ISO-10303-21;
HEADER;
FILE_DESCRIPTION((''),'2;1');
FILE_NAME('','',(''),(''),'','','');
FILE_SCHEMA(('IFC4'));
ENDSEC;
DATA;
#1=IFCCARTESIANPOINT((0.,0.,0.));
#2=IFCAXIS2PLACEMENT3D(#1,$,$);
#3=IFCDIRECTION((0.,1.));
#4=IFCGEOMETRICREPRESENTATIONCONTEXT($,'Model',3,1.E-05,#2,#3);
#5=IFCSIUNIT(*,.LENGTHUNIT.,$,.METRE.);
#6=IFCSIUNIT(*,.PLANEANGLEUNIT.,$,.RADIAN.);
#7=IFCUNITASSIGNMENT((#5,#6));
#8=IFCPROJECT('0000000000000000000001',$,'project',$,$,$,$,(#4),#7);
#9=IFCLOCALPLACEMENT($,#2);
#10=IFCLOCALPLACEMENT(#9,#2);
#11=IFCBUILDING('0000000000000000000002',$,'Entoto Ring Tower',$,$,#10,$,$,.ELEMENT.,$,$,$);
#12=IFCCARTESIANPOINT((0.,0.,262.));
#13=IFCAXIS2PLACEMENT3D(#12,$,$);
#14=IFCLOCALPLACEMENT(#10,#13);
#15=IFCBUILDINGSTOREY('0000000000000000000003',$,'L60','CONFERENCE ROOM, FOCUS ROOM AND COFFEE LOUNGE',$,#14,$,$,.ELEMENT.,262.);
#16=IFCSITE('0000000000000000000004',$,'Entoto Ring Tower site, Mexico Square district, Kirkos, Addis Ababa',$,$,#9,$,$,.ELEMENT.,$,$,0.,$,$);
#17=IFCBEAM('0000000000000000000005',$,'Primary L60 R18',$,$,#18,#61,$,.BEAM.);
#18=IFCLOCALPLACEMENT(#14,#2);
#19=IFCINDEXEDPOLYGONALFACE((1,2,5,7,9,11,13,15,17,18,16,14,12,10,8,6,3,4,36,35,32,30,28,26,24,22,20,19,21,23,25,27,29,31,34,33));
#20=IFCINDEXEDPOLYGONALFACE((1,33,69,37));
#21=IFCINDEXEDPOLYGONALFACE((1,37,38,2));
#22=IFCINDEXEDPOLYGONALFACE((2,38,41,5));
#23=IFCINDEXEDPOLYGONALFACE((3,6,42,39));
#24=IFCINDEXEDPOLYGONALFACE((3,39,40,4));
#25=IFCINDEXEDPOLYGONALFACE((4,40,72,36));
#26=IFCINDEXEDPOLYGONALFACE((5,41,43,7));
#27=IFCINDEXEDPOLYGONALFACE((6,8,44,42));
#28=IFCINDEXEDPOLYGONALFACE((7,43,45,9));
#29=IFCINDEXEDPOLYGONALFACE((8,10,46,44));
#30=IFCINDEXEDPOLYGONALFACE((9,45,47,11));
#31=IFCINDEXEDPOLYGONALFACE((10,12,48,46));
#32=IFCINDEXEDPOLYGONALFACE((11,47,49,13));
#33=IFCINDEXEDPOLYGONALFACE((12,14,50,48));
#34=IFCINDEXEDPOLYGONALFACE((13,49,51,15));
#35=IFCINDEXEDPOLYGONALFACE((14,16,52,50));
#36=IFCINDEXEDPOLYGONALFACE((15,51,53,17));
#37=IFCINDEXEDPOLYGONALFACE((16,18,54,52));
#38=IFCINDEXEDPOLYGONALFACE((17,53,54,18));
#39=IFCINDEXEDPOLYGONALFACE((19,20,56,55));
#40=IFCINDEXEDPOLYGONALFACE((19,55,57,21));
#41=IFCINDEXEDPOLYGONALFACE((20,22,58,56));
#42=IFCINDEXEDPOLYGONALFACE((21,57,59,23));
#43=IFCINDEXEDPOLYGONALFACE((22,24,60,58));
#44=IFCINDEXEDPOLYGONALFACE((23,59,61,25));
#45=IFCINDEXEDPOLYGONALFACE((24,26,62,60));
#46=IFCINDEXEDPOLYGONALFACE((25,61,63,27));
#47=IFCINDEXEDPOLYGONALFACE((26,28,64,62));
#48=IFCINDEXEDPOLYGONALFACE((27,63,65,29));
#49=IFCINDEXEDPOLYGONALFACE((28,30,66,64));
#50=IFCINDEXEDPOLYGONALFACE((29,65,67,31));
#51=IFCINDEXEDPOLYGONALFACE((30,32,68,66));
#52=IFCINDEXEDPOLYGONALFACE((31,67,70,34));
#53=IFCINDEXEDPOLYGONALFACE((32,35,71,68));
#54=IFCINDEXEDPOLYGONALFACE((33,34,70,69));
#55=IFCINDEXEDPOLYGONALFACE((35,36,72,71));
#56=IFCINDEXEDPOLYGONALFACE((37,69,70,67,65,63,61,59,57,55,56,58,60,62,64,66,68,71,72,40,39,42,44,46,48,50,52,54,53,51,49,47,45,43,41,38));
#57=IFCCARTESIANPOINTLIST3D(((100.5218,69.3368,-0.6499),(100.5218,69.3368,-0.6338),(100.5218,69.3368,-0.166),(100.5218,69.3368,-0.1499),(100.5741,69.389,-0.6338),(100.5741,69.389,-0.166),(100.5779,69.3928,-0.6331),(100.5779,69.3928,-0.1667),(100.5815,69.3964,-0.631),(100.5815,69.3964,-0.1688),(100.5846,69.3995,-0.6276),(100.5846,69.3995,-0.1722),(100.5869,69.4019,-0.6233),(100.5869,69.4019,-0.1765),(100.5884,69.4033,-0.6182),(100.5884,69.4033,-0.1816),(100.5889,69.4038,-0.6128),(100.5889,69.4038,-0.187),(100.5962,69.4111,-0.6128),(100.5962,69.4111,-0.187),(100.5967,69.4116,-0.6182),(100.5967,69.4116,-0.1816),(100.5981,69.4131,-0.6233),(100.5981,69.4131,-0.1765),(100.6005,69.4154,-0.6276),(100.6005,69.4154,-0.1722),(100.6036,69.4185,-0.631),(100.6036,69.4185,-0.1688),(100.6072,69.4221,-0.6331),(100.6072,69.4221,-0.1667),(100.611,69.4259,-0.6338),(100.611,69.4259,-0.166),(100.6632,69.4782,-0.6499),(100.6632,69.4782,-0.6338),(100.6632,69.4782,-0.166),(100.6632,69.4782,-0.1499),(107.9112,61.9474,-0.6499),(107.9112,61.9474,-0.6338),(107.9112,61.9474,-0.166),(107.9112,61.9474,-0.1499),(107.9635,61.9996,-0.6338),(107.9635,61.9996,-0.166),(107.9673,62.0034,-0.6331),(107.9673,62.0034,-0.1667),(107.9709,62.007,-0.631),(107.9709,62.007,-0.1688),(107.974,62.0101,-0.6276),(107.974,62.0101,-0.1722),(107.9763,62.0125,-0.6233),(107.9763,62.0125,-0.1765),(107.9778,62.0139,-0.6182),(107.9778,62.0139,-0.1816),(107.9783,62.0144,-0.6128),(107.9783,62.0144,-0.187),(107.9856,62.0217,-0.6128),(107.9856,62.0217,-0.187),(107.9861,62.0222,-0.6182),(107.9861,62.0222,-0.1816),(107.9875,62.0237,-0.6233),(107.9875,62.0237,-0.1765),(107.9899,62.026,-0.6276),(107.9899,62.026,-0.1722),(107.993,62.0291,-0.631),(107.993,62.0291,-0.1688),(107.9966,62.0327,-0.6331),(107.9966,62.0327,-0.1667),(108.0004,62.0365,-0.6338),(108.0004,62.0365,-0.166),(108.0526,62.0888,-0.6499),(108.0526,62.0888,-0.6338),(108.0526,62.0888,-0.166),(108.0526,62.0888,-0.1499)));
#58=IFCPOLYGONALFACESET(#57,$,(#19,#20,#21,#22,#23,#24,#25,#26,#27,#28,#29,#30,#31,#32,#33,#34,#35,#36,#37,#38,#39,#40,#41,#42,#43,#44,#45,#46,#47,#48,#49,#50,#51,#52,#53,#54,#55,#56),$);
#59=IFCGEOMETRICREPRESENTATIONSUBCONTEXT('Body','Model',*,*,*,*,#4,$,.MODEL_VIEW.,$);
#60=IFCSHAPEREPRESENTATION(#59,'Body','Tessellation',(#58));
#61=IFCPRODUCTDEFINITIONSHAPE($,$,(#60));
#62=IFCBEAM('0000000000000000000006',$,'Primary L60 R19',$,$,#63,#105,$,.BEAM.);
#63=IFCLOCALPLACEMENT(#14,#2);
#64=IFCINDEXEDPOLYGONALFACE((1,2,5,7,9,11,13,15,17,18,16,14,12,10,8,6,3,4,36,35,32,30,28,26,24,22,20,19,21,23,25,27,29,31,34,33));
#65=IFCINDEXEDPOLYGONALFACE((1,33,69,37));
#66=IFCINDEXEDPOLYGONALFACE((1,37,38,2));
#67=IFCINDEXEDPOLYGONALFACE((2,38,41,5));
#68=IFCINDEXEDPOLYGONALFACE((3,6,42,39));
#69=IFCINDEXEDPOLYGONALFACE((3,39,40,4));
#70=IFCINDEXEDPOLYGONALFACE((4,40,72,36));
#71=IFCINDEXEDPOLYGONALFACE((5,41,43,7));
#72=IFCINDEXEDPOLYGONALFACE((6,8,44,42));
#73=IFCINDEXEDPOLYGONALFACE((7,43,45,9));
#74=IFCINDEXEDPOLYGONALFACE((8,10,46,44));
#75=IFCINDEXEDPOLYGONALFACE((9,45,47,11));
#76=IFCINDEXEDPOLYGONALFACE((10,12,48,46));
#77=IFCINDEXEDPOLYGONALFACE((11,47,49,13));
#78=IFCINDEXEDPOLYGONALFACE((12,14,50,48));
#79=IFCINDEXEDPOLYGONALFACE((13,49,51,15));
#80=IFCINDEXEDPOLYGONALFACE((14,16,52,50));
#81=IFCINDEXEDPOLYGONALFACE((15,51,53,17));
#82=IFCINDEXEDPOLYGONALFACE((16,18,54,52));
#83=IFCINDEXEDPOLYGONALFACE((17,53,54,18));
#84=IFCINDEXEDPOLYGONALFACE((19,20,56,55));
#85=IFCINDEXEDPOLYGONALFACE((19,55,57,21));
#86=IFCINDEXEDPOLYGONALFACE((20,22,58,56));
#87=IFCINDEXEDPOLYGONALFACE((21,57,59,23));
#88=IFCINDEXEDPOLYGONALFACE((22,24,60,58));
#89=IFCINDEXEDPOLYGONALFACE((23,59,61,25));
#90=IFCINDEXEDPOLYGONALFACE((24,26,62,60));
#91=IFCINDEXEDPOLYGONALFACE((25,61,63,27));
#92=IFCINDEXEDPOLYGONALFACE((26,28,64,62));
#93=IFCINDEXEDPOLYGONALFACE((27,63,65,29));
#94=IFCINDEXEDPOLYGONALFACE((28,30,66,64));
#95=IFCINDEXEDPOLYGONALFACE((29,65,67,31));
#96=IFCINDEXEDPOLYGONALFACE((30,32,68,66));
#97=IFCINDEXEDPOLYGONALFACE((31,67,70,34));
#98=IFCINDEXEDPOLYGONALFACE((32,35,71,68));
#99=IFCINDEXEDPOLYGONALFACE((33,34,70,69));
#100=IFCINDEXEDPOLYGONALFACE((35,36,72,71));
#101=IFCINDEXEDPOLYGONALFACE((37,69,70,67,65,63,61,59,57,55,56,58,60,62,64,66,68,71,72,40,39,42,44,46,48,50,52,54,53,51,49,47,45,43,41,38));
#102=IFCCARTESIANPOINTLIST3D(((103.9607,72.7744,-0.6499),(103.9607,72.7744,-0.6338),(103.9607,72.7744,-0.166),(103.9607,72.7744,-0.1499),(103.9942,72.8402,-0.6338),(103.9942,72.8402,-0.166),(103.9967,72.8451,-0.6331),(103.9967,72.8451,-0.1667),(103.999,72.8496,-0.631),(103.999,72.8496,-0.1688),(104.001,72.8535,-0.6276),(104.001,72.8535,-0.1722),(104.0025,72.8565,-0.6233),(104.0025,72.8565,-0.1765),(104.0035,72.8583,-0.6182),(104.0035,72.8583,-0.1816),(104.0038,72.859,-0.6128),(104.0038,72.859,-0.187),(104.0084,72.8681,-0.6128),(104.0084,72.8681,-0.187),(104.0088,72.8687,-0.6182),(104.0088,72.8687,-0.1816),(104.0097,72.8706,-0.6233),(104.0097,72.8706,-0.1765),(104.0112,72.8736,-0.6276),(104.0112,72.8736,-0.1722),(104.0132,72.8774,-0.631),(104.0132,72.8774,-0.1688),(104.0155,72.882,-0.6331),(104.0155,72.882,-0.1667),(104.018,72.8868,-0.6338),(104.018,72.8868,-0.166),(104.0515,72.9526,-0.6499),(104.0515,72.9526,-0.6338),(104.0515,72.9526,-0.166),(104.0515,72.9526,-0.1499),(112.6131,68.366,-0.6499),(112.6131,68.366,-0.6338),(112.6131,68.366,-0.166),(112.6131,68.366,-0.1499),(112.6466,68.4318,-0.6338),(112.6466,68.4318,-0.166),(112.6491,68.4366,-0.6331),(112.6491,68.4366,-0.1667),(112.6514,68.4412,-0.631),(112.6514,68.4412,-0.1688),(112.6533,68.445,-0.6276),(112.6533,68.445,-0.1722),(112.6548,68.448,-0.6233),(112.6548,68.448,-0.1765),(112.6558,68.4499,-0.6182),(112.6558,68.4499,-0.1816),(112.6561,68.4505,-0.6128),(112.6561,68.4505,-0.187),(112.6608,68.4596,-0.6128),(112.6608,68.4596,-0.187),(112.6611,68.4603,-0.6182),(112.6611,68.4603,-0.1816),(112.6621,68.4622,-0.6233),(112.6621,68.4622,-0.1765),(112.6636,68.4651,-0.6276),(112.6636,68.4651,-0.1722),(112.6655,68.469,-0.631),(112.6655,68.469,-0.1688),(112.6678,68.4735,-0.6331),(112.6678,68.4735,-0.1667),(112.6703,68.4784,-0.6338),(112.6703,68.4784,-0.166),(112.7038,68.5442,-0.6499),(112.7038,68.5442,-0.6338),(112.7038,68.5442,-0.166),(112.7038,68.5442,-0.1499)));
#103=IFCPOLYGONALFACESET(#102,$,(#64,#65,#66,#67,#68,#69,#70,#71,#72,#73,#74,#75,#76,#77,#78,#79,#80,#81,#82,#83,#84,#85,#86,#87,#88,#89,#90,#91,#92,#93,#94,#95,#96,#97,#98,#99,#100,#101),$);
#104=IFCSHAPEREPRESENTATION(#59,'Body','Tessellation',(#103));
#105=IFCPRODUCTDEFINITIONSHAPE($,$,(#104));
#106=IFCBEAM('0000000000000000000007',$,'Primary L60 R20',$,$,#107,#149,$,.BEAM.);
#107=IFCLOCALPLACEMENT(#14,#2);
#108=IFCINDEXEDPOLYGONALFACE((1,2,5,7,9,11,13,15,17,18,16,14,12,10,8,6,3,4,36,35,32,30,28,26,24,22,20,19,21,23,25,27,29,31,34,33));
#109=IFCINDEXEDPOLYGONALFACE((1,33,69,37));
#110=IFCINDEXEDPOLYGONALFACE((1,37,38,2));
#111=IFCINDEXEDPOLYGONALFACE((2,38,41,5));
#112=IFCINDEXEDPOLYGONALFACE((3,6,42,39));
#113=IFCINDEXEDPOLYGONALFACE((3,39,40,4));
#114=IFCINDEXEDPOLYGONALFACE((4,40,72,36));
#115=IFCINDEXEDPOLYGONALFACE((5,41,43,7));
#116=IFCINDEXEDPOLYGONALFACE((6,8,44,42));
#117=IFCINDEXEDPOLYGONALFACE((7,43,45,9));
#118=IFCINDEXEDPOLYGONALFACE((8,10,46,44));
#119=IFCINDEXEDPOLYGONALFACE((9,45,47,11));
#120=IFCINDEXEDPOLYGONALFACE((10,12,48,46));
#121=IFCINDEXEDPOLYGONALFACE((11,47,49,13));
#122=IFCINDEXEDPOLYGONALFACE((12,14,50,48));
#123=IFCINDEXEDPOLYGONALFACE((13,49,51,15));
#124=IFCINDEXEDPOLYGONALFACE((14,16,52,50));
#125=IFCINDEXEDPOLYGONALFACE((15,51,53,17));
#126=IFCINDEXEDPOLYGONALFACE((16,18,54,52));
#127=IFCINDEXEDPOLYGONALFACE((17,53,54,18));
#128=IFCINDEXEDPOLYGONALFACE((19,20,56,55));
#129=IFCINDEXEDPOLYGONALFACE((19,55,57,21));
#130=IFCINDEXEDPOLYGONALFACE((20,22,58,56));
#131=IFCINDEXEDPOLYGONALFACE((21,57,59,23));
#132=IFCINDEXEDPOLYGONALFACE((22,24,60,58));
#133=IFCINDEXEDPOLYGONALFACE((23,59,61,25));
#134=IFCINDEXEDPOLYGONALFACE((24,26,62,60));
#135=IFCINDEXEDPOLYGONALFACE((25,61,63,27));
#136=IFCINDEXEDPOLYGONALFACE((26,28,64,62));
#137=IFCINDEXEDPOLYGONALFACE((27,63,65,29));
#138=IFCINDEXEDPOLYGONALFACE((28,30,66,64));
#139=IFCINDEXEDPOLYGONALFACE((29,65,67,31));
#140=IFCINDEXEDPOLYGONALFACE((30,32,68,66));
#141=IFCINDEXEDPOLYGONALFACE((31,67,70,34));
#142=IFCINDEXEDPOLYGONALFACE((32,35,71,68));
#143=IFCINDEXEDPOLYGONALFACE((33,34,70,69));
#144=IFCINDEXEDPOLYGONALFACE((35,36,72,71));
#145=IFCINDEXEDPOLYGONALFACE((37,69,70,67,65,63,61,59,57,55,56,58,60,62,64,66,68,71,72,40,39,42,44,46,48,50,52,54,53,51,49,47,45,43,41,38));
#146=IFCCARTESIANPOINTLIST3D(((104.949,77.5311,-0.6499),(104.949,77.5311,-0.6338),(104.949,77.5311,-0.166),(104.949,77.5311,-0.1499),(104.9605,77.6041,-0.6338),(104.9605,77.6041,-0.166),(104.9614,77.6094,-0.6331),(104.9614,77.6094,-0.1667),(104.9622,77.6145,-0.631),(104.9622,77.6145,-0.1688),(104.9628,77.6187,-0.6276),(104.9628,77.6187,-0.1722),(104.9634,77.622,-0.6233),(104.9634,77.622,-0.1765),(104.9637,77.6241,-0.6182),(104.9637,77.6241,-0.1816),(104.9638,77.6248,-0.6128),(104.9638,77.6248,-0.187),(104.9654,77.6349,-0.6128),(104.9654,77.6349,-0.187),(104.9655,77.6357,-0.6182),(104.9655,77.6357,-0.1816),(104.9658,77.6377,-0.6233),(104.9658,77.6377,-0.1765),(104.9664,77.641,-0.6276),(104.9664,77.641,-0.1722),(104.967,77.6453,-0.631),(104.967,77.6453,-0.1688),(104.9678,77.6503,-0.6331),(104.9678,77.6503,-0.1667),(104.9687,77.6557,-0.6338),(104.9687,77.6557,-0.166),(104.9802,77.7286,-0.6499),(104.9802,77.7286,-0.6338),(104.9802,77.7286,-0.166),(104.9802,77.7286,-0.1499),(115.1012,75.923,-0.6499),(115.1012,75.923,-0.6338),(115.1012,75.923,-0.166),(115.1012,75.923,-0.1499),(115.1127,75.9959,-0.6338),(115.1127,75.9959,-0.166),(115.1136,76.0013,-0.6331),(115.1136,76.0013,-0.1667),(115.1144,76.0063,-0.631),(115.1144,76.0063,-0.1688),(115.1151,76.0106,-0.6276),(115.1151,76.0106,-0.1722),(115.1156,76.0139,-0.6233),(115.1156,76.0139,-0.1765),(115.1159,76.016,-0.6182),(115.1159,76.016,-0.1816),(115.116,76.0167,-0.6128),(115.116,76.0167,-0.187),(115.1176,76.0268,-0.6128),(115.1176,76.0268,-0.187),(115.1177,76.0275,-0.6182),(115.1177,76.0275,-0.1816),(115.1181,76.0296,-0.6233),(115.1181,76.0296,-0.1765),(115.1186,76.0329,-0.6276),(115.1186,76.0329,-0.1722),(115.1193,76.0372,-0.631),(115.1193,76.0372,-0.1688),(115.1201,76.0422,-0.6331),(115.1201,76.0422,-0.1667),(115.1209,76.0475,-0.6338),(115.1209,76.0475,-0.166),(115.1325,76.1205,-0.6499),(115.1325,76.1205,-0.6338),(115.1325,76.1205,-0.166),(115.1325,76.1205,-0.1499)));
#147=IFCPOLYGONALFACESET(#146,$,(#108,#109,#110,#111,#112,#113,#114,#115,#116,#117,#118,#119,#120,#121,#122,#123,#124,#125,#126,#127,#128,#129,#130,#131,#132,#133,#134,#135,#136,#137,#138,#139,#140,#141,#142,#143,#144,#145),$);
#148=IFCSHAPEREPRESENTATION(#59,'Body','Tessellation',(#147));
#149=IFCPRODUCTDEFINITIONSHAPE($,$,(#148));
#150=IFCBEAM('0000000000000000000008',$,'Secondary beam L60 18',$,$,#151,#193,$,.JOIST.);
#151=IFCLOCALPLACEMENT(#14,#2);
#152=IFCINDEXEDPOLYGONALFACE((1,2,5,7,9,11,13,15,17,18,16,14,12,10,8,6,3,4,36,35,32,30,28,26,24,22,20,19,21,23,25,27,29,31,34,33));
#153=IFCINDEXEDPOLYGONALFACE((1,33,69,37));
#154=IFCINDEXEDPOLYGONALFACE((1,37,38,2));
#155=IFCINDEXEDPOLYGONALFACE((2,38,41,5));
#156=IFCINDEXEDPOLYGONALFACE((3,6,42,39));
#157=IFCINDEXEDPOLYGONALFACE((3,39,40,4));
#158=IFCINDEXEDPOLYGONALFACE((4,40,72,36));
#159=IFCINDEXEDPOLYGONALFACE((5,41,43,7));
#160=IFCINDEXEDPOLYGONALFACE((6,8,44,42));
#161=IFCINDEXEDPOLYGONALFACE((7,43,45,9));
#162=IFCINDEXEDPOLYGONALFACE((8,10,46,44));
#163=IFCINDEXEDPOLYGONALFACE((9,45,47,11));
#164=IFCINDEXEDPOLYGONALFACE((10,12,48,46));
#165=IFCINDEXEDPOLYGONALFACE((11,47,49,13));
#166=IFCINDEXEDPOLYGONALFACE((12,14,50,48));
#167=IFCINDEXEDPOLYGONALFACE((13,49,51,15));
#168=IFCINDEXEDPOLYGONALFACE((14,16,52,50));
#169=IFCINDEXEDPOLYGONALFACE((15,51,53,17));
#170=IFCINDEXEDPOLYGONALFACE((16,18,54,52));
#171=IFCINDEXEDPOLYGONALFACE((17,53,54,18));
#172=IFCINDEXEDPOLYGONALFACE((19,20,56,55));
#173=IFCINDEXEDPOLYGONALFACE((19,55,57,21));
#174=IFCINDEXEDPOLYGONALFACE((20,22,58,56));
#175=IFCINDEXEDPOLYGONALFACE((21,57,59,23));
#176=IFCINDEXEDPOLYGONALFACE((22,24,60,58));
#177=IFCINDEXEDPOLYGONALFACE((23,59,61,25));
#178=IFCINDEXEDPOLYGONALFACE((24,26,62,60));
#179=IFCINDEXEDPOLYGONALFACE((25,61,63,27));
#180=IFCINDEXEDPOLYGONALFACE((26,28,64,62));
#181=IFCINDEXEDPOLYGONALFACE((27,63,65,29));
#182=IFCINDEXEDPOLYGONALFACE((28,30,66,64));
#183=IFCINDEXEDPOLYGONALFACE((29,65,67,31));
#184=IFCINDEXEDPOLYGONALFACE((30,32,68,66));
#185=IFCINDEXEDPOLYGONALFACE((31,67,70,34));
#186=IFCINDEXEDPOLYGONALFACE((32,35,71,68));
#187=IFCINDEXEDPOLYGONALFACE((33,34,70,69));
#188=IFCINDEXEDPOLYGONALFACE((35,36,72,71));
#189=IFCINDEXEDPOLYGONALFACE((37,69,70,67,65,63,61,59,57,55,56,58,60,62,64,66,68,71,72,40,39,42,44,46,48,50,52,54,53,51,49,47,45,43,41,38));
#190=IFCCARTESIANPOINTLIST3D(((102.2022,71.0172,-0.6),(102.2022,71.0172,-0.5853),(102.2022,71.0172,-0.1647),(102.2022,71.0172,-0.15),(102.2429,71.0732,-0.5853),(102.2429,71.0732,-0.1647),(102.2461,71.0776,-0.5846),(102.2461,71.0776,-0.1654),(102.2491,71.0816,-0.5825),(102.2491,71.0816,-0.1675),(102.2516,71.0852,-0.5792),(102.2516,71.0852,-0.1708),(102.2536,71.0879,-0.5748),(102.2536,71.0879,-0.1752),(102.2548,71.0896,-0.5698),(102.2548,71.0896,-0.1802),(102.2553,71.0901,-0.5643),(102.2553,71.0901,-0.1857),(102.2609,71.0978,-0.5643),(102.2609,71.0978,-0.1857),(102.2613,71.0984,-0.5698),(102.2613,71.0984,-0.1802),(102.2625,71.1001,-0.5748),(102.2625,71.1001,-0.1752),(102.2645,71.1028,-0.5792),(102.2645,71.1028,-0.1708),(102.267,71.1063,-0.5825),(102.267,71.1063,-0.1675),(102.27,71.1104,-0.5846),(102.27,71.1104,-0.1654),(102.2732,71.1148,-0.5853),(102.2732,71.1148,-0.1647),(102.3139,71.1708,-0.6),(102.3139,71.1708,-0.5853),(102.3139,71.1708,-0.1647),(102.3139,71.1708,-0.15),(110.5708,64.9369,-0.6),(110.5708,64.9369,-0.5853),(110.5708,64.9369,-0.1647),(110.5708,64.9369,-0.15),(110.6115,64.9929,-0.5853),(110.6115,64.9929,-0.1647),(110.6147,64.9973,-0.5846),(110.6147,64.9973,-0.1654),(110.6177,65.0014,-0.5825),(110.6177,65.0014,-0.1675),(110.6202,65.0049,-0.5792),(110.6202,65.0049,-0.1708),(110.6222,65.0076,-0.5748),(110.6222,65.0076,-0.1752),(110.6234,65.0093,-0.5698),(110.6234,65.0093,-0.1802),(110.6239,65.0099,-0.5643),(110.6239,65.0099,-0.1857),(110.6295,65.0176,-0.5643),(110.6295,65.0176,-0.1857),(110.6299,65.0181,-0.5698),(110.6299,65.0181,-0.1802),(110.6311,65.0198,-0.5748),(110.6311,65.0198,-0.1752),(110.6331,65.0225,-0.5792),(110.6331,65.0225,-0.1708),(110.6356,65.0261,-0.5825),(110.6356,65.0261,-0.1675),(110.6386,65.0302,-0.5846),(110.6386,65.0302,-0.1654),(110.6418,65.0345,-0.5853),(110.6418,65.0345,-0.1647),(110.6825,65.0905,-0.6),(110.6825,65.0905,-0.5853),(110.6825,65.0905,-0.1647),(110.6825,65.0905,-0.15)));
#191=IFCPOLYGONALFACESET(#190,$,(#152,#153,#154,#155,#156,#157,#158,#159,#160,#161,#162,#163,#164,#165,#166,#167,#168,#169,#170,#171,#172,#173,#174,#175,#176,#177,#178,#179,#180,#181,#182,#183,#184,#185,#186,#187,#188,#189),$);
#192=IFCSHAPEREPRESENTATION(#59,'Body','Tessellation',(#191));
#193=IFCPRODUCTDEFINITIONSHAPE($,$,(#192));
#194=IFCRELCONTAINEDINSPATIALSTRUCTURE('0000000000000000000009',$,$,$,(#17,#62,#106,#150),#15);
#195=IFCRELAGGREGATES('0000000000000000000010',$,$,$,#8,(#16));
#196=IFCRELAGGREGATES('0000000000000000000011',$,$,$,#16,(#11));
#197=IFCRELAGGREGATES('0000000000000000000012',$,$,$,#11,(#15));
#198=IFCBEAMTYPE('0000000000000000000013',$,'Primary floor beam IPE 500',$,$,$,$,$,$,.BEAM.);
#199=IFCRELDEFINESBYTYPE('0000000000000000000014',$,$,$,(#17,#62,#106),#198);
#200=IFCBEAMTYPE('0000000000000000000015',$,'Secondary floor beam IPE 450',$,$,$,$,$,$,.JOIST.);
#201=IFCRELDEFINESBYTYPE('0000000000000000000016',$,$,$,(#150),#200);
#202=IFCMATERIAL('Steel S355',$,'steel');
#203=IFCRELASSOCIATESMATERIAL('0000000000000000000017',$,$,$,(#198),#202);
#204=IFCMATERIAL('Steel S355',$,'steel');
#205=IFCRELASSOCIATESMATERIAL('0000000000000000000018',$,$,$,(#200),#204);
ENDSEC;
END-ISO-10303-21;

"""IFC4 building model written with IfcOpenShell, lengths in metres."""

from ifc_helpers import new_model, si_unit, direction, frame, origin, origin_2d, place, context, subcontext, project, spatial, i_section, extrude, material, material_profile, profile_set, type_object, element, save


model = new_model("IFC4")

# Units and contexts
model_context = context("Model", 3, precision=1e-05, world=origin(), true_north=direction((0.0, 1.0)))
body_context = subcontext(model_context, "Body", "Model", "MODEL_VIEW")
ifc_project = project(units=[si_unit("LENGTHUNIT", "METRE"), si_unit("PLANEANGLEUNIT", "RADIAN")], contexts=[model_context])

# Site, building, storey
site_placement = place(None, origin())
site = spatial("IfcSite", under=ifc_project, at=site_placement, Name="Entoto Ring Tower site, Mexico Square district, Kirkos, Addis Ababa", CompositionType="ELEMENT", RefElevation=0.0)
building_placement = place(site_placement, origin())
building = spatial("IfcBuilding", under=site, at=building_placement, Name="Entoto Ring Tower", CompositionType="ELEMENT")
storey_placement = place(building_placement, frame((0.0, 0.0, 262.0)))
storey = spatial("IfcBuildingStorey", under=building, at=storey_placement, Name="L60", Description="CONFERENCE ROOM, FOCUS ROOM AND COFFEE LOUNGE", CompositionType="ELEMENT", Elevation=262.0)

# Beams
ifc_material_1 = material(Name="Steel S355", Category="steel")
ifc_material_profile_1 = material_profile(ifc_material_1, i_section(OverallWidth=0.2, OverallDepth=0.5, WebThickness=0.0103, FlangeThickness=0.0161, FilletRadius=0.021, at=origin_2d()), Name="IPE 500")
ifc_profile_set_1 = profile_set([ifc_material_profile_1], Name="Steel S355")
beam_type_1 = type_object("IfcBeamType", Name="Primary floor beam IPE 500", PredefinedType="BEAM", material=ifc_profile_set_1)
beam_1_placement = place(storey_placement, frame((100.5925, 69.4075, -0.3999), z_axis=(0.707107, -0.707107, 0.0), x_axis=(0.707107, 0.707107, 0.0)))
element("IfcBeam", 1, at=beam_1_placement, inside=storey, type_object=beam_type_1, Name="Primary L60 R18", PredefinedType="BEAM", context=body_context, shape_type="SweptSolid", body=[
    extrude(i_section(OverallWidth=0.2, OverallDepth=0.5, WebThickness=0.0103, FlangeThickness=0.0161, FilletRadius=0.021, at=origin_2d()), origin(), (0.0, 0.0, 1.0), 10.4502),
])
beam_2_placement = place(storey_placement, frame((104.0061, 72.8635, -0.3999), z_axis=(0.891012, -0.453979, 0.0), x_axis=(0.453979, 0.891012, 0.0)))
element("IfcBeam", 2, at=beam_2_placement, inside=storey, type_object=beam_type_1, Name="Primary L60 R19", PredefinedType="BEAM", context=body_context, shape_type="SweptSolid", body=[
    extrude(i_section(OverallWidth=0.2, OverallDepth=0.5, WebThickness=0.0103, FlangeThickness=0.0161, FilletRadius=0.021, at=origin_2d()), origin(), (0.0, 0.0, 1.0), 9.7107),
])
beam_3_placement = place(storey_placement, frame((104.9646, 77.6299, -0.3999), z_axis=(0.987686, -0.156452, 0.0), x_axis=(0.156452, 0.987686, 0.0)))
element("IfcBeam", 3, at=beam_3_placement, inside=storey, type_object=beam_type_1, Name="Primary L60 R20", PredefinedType="BEAM", context=body_context, shape_type="SweptSolid", body=[
    extrude(i_section(OverallWidth=0.2, OverallDepth=0.5, WebThickness=0.0103, FlangeThickness=0.0161, FilletRadius=0.021, at=origin_2d()), origin(), (0.0, 0.0, 1.0), 10.2788),
])
ifc_material_2 = material(Name="Steel S355", Category="steel")
ifc_material_profile_2 = material_profile(ifc_material_2, i_section(OverallWidth=0.1899, OverallDepth=0.45, WebThickness=0.0095, FlangeThickness=0.0146, FilletRadius=0.021, at=origin_2d()), Name="IPE 450")
ifc_profile_set_2 = profile_set([ifc_material_profile_2], Name="Steel S355")
beam_type_2 = type_object("IfcBeamType", Name="Secondary floor beam IPE 450", PredefinedType="JOIST", material=ifc_profile_set_2)
beam_4_placement = place(storey_placement, frame((102.2581, 71.094, -0.375), z_axis=(0.809011, -0.587794, 0.0), x_axis=(0.587794, 0.809011, 0.0)))
element("IfcBeam", 4, at=beam_4_placement, inside=storey, type_object=beam_type_2, Name="Secondary beam L60 18", PredefinedType="JOIST", context=body_context, shape_type="SweptSolid", body=[
    extrude(i_section(OverallWidth=0.1899, OverallDepth=0.45, WebThickness=0.0095, FlangeThickness=0.0146, FilletRadius=0.021, at=origin_2d()), origin(), (0.0, 0.0, 1.0), 10.3442),
])

save(model, "model.ifc")
